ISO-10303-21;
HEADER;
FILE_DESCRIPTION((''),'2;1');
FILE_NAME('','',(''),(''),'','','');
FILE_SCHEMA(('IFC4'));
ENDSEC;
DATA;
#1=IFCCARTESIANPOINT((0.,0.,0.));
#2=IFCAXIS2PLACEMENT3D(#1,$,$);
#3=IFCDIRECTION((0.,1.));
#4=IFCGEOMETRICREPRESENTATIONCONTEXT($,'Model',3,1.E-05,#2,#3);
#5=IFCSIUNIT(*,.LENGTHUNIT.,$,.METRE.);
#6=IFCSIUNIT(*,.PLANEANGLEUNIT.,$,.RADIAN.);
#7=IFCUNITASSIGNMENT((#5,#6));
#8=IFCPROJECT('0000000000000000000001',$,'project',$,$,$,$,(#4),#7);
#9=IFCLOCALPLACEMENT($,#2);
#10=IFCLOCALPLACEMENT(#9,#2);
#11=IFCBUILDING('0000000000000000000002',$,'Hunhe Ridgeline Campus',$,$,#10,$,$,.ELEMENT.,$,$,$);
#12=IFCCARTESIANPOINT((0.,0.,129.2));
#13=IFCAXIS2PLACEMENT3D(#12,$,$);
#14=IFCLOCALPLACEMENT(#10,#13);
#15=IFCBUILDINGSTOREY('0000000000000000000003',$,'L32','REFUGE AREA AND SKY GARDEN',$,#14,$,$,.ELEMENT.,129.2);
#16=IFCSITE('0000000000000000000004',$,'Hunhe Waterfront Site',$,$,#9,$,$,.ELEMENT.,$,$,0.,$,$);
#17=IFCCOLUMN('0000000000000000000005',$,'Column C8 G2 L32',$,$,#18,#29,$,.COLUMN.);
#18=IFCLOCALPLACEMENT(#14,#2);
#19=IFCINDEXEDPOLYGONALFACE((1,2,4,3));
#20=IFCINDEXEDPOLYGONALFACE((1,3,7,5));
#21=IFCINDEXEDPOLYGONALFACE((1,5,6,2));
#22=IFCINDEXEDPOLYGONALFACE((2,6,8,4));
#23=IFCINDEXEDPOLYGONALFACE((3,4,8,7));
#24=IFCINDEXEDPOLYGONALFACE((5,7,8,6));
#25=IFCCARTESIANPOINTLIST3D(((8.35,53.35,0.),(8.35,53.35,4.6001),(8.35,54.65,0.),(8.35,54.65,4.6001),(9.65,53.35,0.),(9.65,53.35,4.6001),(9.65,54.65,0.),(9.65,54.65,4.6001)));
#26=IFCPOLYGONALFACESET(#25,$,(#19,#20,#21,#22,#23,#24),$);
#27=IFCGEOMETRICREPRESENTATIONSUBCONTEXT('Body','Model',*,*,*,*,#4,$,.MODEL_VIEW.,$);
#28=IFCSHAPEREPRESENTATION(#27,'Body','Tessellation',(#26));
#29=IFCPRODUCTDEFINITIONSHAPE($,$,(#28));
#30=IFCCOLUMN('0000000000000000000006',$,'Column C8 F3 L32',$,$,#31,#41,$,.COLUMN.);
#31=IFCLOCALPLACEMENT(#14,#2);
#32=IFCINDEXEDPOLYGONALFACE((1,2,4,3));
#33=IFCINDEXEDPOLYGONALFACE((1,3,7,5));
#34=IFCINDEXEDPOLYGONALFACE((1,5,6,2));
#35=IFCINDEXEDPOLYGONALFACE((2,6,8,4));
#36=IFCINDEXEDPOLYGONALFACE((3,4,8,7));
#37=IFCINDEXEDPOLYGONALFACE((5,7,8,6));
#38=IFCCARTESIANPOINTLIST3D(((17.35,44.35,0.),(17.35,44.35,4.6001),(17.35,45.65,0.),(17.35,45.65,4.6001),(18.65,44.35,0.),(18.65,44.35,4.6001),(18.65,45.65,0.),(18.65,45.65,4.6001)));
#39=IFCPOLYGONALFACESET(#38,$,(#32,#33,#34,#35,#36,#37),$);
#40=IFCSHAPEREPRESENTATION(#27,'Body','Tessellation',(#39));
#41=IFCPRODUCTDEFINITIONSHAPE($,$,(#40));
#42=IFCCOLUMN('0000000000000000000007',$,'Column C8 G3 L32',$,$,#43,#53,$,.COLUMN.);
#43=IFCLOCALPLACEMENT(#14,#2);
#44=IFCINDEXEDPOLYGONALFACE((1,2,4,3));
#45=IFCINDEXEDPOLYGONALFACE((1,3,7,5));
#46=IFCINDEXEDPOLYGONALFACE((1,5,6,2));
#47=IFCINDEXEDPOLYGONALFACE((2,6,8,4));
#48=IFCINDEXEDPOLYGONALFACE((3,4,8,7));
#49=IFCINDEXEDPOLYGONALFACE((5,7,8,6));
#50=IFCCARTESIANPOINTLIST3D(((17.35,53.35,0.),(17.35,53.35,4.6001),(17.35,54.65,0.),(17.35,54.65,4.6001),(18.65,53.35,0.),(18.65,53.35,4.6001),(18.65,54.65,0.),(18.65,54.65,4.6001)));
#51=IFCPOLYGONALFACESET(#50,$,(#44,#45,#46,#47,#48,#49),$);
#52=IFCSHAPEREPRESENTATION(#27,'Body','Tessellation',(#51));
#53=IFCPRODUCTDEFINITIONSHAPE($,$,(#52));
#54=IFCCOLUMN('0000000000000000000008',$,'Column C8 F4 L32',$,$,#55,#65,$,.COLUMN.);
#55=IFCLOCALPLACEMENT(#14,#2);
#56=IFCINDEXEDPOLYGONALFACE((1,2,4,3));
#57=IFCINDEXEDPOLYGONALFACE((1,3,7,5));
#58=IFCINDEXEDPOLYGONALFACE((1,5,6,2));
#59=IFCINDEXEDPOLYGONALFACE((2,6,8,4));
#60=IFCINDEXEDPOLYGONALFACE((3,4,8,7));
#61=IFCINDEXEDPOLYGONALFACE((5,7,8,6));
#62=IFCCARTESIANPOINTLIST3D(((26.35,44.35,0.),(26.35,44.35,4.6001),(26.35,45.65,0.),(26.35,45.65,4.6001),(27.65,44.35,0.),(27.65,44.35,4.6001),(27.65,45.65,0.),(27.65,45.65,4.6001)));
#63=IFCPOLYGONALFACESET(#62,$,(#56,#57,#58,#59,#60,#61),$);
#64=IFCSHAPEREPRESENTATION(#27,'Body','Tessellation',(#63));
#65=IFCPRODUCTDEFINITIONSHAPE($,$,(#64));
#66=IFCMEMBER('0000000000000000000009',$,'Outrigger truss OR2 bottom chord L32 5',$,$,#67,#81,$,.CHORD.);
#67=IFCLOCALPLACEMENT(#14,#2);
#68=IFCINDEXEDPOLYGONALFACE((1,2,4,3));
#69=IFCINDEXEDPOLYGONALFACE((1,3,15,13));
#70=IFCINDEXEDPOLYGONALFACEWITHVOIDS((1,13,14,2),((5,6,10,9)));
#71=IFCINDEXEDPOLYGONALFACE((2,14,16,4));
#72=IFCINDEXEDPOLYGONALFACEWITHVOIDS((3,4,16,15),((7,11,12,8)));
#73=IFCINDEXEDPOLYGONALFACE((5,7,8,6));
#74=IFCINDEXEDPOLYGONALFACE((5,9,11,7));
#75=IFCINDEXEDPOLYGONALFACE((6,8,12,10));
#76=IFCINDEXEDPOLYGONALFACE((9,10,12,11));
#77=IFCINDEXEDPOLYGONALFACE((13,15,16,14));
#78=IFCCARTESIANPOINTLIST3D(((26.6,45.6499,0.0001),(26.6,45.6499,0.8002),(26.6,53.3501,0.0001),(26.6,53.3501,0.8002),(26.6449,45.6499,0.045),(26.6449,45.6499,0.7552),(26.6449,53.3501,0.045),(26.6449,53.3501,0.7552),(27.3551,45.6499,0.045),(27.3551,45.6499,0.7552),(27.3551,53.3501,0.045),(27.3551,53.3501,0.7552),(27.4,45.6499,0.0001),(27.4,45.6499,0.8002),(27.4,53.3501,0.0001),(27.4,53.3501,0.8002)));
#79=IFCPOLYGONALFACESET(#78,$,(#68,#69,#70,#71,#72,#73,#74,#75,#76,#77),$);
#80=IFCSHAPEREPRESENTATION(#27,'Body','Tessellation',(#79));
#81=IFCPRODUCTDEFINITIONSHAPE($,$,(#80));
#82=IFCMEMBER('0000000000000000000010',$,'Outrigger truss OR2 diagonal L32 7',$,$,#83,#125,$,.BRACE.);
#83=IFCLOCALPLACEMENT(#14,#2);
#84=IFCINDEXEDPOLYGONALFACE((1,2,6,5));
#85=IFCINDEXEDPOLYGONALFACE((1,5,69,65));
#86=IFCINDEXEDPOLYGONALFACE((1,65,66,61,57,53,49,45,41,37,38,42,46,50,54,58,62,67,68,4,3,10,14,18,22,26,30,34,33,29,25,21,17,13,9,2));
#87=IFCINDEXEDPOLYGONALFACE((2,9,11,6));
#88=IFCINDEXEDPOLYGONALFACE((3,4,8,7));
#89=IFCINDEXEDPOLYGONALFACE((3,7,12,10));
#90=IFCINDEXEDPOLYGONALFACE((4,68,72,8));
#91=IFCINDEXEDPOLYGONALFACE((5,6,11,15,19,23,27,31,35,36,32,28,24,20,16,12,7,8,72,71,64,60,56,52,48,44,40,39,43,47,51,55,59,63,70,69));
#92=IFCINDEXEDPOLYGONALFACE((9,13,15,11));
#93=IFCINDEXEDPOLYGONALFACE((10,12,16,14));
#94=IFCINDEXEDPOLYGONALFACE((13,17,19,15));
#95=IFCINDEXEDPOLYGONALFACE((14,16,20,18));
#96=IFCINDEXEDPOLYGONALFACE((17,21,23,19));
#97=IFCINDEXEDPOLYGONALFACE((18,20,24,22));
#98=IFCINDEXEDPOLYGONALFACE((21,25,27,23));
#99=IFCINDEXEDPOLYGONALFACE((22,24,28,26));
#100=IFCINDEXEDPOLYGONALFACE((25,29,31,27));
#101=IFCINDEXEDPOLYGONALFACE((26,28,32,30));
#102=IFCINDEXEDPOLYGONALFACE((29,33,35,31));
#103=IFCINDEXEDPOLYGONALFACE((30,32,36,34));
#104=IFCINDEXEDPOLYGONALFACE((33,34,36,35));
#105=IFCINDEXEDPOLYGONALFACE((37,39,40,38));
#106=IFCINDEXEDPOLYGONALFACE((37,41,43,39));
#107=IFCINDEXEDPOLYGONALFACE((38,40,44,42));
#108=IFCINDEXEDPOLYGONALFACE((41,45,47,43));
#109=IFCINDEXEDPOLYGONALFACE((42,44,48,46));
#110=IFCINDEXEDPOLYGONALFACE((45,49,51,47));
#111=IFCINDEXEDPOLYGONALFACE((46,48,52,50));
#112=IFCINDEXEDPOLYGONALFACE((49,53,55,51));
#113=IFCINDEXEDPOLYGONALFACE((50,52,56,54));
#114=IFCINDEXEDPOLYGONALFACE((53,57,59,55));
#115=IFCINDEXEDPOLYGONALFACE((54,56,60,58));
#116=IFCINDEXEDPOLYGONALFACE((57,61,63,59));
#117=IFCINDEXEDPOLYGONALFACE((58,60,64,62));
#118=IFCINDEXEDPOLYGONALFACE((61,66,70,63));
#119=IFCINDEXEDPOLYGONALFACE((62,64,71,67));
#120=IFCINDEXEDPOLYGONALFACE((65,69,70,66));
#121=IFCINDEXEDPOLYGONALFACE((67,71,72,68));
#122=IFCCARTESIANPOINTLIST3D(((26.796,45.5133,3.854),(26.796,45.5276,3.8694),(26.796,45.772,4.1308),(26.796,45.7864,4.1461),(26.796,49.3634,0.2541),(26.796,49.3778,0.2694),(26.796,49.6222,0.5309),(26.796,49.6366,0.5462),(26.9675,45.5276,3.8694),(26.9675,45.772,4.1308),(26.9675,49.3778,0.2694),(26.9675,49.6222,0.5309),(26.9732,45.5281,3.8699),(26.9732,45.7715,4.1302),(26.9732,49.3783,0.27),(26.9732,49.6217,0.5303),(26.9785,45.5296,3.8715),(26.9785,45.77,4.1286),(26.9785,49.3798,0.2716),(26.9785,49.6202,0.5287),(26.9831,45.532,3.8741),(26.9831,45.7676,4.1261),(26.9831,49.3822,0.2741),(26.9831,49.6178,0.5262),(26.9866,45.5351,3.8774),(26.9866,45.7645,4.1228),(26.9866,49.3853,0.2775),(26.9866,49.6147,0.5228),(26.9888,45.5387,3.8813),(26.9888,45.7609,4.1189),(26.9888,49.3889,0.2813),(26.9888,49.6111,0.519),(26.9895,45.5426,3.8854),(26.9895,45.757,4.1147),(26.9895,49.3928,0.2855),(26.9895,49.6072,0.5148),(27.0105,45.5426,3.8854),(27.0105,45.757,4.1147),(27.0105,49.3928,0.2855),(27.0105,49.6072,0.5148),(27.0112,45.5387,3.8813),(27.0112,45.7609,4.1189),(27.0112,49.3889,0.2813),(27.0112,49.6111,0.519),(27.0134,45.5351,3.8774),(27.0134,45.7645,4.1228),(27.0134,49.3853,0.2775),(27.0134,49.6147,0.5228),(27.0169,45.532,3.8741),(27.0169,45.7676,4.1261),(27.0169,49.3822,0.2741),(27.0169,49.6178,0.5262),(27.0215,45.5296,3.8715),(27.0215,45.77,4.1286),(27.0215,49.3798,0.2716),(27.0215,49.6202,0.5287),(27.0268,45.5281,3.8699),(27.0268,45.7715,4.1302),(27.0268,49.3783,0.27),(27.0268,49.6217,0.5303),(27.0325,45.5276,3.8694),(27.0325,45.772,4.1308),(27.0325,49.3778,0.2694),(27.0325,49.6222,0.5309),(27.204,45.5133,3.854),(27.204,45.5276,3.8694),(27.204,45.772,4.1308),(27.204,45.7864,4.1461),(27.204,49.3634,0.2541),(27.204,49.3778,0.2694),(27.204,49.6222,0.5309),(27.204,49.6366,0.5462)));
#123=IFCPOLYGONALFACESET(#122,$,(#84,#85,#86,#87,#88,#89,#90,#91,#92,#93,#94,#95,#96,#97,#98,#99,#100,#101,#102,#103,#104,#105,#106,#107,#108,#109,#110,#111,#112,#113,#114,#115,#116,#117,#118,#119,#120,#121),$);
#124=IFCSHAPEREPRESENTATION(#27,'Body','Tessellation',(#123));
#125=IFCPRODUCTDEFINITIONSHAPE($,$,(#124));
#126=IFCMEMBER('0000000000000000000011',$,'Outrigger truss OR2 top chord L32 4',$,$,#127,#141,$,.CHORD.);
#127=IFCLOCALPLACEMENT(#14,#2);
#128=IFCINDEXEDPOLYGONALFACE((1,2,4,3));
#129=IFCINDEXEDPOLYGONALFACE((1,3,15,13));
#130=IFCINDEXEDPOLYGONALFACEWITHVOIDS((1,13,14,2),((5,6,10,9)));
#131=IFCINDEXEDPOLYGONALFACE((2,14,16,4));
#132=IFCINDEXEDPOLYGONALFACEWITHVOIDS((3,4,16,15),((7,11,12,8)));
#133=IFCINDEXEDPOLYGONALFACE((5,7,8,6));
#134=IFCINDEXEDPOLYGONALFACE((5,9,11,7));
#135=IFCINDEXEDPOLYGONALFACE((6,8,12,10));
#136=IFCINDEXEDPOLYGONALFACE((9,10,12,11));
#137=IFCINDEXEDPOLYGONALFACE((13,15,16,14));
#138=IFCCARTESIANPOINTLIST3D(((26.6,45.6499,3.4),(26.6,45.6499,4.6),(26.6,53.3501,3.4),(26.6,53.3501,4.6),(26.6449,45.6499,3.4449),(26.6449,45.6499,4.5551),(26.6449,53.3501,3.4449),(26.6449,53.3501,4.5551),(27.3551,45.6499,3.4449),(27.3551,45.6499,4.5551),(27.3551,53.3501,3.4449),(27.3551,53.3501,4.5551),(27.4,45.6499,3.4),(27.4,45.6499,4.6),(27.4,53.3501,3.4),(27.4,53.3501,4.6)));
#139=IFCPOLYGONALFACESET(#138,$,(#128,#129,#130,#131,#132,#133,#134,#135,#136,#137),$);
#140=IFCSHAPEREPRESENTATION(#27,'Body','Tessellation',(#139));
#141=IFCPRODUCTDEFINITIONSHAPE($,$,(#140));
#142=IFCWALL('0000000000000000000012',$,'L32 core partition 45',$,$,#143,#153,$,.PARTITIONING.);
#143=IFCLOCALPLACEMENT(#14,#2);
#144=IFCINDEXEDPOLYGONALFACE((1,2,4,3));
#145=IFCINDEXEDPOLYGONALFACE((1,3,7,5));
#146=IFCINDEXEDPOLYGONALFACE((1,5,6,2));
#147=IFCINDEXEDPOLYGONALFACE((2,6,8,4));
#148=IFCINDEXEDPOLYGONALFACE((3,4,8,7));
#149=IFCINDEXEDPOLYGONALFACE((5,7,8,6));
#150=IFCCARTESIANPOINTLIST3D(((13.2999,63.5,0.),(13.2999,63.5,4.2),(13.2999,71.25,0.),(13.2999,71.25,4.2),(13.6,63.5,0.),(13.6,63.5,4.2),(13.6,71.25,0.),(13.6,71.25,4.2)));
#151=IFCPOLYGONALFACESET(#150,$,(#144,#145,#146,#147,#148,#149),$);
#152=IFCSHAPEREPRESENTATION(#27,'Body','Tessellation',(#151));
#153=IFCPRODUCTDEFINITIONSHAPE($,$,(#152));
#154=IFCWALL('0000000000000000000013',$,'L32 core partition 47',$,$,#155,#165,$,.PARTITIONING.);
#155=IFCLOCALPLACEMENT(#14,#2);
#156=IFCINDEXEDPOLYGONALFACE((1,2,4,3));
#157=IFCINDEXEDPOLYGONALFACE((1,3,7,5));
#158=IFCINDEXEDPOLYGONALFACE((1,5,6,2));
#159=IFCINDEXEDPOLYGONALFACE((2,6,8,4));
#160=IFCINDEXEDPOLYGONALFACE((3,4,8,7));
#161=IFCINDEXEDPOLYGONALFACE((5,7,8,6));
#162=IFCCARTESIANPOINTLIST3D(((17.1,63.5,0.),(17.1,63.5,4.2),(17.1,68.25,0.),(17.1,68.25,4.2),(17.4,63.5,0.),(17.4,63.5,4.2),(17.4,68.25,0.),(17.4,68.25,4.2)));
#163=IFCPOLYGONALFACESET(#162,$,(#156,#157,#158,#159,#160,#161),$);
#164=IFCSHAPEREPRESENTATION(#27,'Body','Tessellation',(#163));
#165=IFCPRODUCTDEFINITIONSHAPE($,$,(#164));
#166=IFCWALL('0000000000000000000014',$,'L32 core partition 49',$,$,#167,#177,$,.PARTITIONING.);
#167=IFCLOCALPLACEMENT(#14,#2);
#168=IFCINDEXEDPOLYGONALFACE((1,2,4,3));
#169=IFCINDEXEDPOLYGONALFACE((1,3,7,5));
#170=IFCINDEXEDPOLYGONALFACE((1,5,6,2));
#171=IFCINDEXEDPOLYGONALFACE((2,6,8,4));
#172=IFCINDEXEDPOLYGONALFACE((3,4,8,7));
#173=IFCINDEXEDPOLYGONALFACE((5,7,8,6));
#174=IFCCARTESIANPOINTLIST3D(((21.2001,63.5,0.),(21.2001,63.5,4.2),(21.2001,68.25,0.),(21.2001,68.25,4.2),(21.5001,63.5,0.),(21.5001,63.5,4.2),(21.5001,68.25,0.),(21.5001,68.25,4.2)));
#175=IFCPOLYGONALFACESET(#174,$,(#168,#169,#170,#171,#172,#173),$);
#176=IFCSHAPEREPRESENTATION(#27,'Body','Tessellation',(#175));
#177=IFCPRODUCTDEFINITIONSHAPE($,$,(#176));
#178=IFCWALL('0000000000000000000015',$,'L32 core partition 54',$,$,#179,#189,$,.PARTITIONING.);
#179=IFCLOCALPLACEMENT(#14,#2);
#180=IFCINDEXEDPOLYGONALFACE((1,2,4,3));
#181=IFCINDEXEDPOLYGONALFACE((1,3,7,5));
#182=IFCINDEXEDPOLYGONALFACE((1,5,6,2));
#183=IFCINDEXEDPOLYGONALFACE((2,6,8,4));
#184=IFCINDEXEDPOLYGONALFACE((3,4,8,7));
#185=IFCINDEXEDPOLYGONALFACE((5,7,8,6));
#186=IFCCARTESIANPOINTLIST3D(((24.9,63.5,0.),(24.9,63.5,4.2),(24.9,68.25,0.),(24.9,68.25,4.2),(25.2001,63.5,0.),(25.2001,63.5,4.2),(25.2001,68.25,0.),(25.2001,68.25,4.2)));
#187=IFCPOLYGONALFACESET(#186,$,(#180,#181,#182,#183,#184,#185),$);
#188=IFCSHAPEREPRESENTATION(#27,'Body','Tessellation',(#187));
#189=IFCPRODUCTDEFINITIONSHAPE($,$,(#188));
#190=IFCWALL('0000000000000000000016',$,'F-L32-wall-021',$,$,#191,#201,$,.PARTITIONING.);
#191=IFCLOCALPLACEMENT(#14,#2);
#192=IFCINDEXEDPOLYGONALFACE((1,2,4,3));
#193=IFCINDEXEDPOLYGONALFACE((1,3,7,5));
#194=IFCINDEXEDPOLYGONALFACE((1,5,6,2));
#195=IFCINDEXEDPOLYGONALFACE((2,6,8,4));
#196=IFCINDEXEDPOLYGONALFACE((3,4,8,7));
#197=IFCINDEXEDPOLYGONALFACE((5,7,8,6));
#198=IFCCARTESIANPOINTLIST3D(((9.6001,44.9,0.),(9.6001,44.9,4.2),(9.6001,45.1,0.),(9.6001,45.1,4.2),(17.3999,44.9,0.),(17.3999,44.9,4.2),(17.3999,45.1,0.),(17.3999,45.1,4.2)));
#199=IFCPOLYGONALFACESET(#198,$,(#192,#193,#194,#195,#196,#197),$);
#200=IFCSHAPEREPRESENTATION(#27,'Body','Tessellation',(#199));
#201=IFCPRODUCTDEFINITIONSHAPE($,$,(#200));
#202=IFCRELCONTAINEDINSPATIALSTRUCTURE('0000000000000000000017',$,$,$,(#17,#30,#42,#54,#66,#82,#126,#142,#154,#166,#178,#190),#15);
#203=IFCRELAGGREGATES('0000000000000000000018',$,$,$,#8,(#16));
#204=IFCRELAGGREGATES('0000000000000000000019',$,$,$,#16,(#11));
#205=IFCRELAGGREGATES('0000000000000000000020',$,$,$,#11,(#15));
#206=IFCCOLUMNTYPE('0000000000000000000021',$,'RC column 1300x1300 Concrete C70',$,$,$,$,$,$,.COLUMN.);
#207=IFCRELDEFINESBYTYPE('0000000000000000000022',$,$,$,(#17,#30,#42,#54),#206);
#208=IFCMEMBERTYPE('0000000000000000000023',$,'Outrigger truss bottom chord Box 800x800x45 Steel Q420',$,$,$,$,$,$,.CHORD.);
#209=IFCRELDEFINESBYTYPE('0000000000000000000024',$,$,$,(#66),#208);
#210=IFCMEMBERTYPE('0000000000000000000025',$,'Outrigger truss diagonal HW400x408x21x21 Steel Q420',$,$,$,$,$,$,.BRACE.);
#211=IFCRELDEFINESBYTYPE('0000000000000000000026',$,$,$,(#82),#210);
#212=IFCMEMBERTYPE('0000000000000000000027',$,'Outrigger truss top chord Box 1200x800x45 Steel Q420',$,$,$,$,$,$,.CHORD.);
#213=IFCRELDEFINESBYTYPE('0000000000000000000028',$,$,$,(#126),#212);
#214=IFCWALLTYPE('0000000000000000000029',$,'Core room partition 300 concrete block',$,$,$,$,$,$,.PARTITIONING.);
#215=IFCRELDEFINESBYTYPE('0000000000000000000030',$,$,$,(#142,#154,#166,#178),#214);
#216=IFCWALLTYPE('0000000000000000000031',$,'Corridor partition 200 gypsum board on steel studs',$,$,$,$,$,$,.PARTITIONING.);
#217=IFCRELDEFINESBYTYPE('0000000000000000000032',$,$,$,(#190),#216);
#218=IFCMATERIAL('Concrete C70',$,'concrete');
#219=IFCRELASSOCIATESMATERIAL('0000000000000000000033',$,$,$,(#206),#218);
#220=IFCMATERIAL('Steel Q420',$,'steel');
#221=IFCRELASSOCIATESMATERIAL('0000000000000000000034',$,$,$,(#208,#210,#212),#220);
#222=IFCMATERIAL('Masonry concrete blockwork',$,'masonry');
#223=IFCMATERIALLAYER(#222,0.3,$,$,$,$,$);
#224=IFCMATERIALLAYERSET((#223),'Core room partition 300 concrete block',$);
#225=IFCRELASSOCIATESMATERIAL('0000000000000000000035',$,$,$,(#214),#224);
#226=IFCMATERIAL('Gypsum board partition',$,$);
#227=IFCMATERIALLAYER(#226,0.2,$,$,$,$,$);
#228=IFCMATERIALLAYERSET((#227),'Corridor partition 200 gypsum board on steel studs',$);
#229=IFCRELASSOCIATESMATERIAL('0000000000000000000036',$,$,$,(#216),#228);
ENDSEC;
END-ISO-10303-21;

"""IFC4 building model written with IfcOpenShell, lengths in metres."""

from ifc_helpers import new_model, si_unit, direction, frame, frame_2d, origin, origin_2d, place, context, subcontext, project, spatial, rectangle, hollow_rectangle, i_section, extrude, material, layer, layer_set, material_profile, profile_set, type_object, element, save


model = new_model("IFC4")

# Units and contexts
model_context = context("Model", 3, precision=1e-05, world=origin(), true_north=direction((0.0, 1.0)))
body_context = subcontext(model_context, "Body", "Model", "MODEL_VIEW")
ifc_project = project(units=[si_unit("LENGTHUNIT", "METRE"), si_unit("PLANEANGLEUNIT", "RADIAN")], contexts=[model_context])

# Site, building, storey
site_placement = place(None, origin())
site = spatial("IfcSite", under=ifc_project, at=site_placement, Name="Hunhe Waterfront Site", CompositionType="ELEMENT", RefElevation=0.0)
building_placement = place(site_placement, origin())
building = spatial("IfcBuilding", under=site, at=building_placement, Name="Hunhe Ridgeline Campus", CompositionType="ELEMENT")
storey_placement = place(building_placement, frame((0.0, 0.0, 129.2)))
storey = spatial("IfcBuildingStorey", under=building, at=storey_placement, Name="L32", Description="REFUGE AREA AND SKY GARDEN", CompositionType="ELEMENT", Elevation=129.2)

# Columns
ifc_material_1 = material(Name="Concrete C70", Category="concrete")
ifc_material_profile_1 = material_profile(ifc_material_1, rectangle(XDim=1.3, YDim=1.3, at=origin_2d()))
ifc_profile_set_1 = profile_set([ifc_material_profile_1], Name="Concrete C70")
column_type = type_object("IfcColumnType", Name="RC column 1300x1300 Concrete C70", PredefinedType="COLUMN", material=ifc_profile_set_1)
for number, where, z_axis, x_axis, name in (
    (1, (9.0, 54.0, 0.0), (0.0, 0.0, 1.0), (1.0, 0.0, 0.0), "Column C8 G2 L32"),
    (2, (18.0, 45.0, 0.0), (0.0, 0.0, 1.0), (1.0, 0.0, 0.0), "Column C8 F3 L32"),
    (3, (18.0, 54.0, 0.0), (0.0, 0.0, 1.0), (1.0, 0.0, 0.0), "Column C8 G3 L32"),
    (4, (27.0, 45.0, 0.0), (0.0, 0.0, 1.0), (1.0, 0.0, 0.0), "Column C8 F4 L32"),
):
    element("IfcColumn", number, at=place(storey_placement, frame(where, z_axis=z_axis, x_axis=x_axis)), inside=storey, type_object=column_type, Name=name, PredefinedType="COLUMN", context=body_context, shape_type="SweptSolid", body=[
        extrude(rectangle(XDim=1.3, YDim=1.3, at=origin_2d()), origin(), (0.0, 0.0, 1.0), 4.6001),
    ])

# Members
ifc_material_2 = material(Name="Steel Q420", Category="steel")
ifc_material_profile_2 = material_profile(ifc_material_2, hollow_rectangle(XDim=0.8, YDim=0.8, WallThickness=0.0449, at=origin_2d()))
ifc_profile_set_2 = profile_set([ifc_material_profile_2], Name="Steel Q420")
member_type_1 = type_object("IfcMemberType", Name="Outrigger truss bottom chord Box 800x800x45 Steel Q420", PredefinedType="CHORD", material=ifc_profile_set_2)
member_1_placement = place(storey_placement, frame((27.0, 53.3501, 0.4001), z_axis=(0.0, -1.0, 0.0), x_axis=(1.0, 0.0, 0.0)))
element("IfcMember", 5, at=member_1_placement, inside=storey, type_object=member_type_1, Name="Outrigger truss OR2 bottom chord L32 5", PredefinedType="CHORD", context=body_context, shape_type="SweptSolid", body=[
    extrude(hollow_rectangle(XDim=0.8, YDim=0.8, WallThickness=0.0449, at=origin_2d()), origin(), (0.0, 0.0, 1.0), 7.7002),
])
ifc_material_profile_3 = material_profile(ifc_material_2, i_section(OverallWidth=0.408, OverallDepth=0.3999, WebThickness=0.021, FlangeThickness=0.021, FilletRadius=0.022, at=origin_2d()))
ifc_profile_set_3 = profile_set([ifc_material_profile_3], Name="Steel Q420")
member_type_2 = type_object("IfcMemberType", Name="Outrigger truss diagonal HW400x408x21x21 Steel Q420", PredefinedType="BRACE", material=ifc_profile_set_3)
member_2_placement = place(storey_placement, frame((27.0, 49.5, 0.4001), z_axis=(0.0, -0.730447, 0.68297), x_axis=(1.0, 0.0, 0.0)))
element("IfcMember", 6, at=member_2_placement, inside=storey, type_object=member_type_2, Name="Outrigger truss OR2 diagonal L32 7", PredefinedType="BRACE", context=body_context, shape_type="SweptSolid", body=[
    extrude(i_section(OverallWidth=0.408, OverallDepth=0.3999, WebThickness=0.021, FlangeThickness=0.021, FilletRadius=0.022, at=origin_2d()), origin(), (0.0, 0.0, 1.0), 5.271),
])
ifc_material_profile_4 = material_profile(ifc_material_2, hollow_rectangle(XDim=0.8, YDim=1.2, WallThickness=0.0449, at=origin_2d()))
ifc_profile_set_4 = profile_set([ifc_material_profile_4], Name="Steel Q420")
member_type_3 = type_object("IfcMemberType", Name="Outrigger truss top chord Box 1200x800x45 Steel Q420", PredefinedType="CHORD", material=ifc_profile_set_4)
member_3_placement = place(storey_placement, frame((27.0, 53.3501, 4.0), z_axis=(0.0, -1.0, 0.0), x_axis=(1.0, 0.0, 0.0)))
element("IfcMember", 7, at=member_3_placement, inside=storey, type_object=member_type_3, Name="Outrigger truss OR2 top chord L32 4", PredefinedType="CHORD", context=body_context, shape_type="SweptSolid", body=[
    extrude(hollow_rectangle(XDim=0.8, YDim=1.2, WallThickness=0.0449, at=origin_2d()), origin(), (0.0, 0.0, 1.0), 7.7002),
])

# Walls
ifc_material_3 = material(Name="Masonry concrete blockwork", Category="masonry")
ifc_layer_1 = layer(ifc_material_3, 0.3)
ifc_layer_set_1 = layer_set([ifc_layer_1], Name="Core room partition 300 concrete block")
wall_type_1 = type_object("IfcWallType", Name="Core room partition 300 concrete block", PredefinedType="PARTITIONING", material=ifc_layer_set_1)
wall_1_placement = place(storey_placement, frame((13.45, 63.5, 0.0), z_axis=(0.0, 0.0, 1.0), x_axis=(0.0, 1.0, 0.0)))
element("IfcWall", 8, at=wall_1_placement, inside=storey, type_object=wall_type_1, Name="L32 core partition 45", PredefinedType="PARTITIONING", context=body_context, shape_type="SweptSolid", body=[
    extrude(rectangle(XDim=7.75, YDim=0.3, at=frame_2d((3.875, 0.0))), origin(), (0.0, 0.0, 1.0), 4.2),
])
for number, where, z_axis, x_axis, name in (
    (9, (17.25, 63.5, 0.0), (0.0, 0.0, 1.0), (0.0, 1.0, 0.0), "L32 core partition 47"),
    (10, (21.3501, 63.5, 0.0), (0.0, 0.0, 1.0), (0.0, 1.0, 0.0), "L32 core partition 49"),
    (11, (25.05, 63.5, 0.0), (0.0, 0.0, 1.0), (0.0, 1.0, 0.0), "L32 core partition 54"),
):
    element("IfcWall", number, at=place(storey_placement, frame(where, z_axis=z_axis, x_axis=x_axis)), inside=storey, type_object=wall_type_1, Name=name, PredefinedType="PARTITIONING", context=body_context, shape_type="SweptSolid", body=[
        extrude(rectangle(XDim=4.75, YDim=0.3, at=frame_2d((2.375, 0.0))), origin(), (0.0, 0.0, 1.0), 4.2),
    ])
ifc_material_4 = material(Name="Gypsum board partition")
ifc_layer_2 = layer(ifc_material_4, 0.2)
ifc_layer_set_2 = layer_set([ifc_layer_2], Name="Corridor partition 200 gypsum board on steel studs")
wall_type_2 = type_object("IfcWallType", Name="Corridor partition 200 gypsum board on steel studs", PredefinedType="PARTITIONING", material=ifc_layer_set_2)
wall_2_placement = place(storey_placement, frame((9.6001, 45.0, 0.0), z_axis=(0.0, 0.0, 1.0), x_axis=(1.0, 0.0, 0.0)))
element("IfcWall", 12, at=wall_2_placement, inside=storey, type_object=wall_type_2, Name="F-L32-wall-021", PredefinedType="PARTITIONING", context=body_context, shape_type="SweptSolid", body=[
    extrude(rectangle(XDim=7.7998, YDim=0.2, at=frame_2d((3.8999, 0.0))), origin(), (0.0, 0.0, 1.0), 4.2),
])

save(model, "model.ifc")
